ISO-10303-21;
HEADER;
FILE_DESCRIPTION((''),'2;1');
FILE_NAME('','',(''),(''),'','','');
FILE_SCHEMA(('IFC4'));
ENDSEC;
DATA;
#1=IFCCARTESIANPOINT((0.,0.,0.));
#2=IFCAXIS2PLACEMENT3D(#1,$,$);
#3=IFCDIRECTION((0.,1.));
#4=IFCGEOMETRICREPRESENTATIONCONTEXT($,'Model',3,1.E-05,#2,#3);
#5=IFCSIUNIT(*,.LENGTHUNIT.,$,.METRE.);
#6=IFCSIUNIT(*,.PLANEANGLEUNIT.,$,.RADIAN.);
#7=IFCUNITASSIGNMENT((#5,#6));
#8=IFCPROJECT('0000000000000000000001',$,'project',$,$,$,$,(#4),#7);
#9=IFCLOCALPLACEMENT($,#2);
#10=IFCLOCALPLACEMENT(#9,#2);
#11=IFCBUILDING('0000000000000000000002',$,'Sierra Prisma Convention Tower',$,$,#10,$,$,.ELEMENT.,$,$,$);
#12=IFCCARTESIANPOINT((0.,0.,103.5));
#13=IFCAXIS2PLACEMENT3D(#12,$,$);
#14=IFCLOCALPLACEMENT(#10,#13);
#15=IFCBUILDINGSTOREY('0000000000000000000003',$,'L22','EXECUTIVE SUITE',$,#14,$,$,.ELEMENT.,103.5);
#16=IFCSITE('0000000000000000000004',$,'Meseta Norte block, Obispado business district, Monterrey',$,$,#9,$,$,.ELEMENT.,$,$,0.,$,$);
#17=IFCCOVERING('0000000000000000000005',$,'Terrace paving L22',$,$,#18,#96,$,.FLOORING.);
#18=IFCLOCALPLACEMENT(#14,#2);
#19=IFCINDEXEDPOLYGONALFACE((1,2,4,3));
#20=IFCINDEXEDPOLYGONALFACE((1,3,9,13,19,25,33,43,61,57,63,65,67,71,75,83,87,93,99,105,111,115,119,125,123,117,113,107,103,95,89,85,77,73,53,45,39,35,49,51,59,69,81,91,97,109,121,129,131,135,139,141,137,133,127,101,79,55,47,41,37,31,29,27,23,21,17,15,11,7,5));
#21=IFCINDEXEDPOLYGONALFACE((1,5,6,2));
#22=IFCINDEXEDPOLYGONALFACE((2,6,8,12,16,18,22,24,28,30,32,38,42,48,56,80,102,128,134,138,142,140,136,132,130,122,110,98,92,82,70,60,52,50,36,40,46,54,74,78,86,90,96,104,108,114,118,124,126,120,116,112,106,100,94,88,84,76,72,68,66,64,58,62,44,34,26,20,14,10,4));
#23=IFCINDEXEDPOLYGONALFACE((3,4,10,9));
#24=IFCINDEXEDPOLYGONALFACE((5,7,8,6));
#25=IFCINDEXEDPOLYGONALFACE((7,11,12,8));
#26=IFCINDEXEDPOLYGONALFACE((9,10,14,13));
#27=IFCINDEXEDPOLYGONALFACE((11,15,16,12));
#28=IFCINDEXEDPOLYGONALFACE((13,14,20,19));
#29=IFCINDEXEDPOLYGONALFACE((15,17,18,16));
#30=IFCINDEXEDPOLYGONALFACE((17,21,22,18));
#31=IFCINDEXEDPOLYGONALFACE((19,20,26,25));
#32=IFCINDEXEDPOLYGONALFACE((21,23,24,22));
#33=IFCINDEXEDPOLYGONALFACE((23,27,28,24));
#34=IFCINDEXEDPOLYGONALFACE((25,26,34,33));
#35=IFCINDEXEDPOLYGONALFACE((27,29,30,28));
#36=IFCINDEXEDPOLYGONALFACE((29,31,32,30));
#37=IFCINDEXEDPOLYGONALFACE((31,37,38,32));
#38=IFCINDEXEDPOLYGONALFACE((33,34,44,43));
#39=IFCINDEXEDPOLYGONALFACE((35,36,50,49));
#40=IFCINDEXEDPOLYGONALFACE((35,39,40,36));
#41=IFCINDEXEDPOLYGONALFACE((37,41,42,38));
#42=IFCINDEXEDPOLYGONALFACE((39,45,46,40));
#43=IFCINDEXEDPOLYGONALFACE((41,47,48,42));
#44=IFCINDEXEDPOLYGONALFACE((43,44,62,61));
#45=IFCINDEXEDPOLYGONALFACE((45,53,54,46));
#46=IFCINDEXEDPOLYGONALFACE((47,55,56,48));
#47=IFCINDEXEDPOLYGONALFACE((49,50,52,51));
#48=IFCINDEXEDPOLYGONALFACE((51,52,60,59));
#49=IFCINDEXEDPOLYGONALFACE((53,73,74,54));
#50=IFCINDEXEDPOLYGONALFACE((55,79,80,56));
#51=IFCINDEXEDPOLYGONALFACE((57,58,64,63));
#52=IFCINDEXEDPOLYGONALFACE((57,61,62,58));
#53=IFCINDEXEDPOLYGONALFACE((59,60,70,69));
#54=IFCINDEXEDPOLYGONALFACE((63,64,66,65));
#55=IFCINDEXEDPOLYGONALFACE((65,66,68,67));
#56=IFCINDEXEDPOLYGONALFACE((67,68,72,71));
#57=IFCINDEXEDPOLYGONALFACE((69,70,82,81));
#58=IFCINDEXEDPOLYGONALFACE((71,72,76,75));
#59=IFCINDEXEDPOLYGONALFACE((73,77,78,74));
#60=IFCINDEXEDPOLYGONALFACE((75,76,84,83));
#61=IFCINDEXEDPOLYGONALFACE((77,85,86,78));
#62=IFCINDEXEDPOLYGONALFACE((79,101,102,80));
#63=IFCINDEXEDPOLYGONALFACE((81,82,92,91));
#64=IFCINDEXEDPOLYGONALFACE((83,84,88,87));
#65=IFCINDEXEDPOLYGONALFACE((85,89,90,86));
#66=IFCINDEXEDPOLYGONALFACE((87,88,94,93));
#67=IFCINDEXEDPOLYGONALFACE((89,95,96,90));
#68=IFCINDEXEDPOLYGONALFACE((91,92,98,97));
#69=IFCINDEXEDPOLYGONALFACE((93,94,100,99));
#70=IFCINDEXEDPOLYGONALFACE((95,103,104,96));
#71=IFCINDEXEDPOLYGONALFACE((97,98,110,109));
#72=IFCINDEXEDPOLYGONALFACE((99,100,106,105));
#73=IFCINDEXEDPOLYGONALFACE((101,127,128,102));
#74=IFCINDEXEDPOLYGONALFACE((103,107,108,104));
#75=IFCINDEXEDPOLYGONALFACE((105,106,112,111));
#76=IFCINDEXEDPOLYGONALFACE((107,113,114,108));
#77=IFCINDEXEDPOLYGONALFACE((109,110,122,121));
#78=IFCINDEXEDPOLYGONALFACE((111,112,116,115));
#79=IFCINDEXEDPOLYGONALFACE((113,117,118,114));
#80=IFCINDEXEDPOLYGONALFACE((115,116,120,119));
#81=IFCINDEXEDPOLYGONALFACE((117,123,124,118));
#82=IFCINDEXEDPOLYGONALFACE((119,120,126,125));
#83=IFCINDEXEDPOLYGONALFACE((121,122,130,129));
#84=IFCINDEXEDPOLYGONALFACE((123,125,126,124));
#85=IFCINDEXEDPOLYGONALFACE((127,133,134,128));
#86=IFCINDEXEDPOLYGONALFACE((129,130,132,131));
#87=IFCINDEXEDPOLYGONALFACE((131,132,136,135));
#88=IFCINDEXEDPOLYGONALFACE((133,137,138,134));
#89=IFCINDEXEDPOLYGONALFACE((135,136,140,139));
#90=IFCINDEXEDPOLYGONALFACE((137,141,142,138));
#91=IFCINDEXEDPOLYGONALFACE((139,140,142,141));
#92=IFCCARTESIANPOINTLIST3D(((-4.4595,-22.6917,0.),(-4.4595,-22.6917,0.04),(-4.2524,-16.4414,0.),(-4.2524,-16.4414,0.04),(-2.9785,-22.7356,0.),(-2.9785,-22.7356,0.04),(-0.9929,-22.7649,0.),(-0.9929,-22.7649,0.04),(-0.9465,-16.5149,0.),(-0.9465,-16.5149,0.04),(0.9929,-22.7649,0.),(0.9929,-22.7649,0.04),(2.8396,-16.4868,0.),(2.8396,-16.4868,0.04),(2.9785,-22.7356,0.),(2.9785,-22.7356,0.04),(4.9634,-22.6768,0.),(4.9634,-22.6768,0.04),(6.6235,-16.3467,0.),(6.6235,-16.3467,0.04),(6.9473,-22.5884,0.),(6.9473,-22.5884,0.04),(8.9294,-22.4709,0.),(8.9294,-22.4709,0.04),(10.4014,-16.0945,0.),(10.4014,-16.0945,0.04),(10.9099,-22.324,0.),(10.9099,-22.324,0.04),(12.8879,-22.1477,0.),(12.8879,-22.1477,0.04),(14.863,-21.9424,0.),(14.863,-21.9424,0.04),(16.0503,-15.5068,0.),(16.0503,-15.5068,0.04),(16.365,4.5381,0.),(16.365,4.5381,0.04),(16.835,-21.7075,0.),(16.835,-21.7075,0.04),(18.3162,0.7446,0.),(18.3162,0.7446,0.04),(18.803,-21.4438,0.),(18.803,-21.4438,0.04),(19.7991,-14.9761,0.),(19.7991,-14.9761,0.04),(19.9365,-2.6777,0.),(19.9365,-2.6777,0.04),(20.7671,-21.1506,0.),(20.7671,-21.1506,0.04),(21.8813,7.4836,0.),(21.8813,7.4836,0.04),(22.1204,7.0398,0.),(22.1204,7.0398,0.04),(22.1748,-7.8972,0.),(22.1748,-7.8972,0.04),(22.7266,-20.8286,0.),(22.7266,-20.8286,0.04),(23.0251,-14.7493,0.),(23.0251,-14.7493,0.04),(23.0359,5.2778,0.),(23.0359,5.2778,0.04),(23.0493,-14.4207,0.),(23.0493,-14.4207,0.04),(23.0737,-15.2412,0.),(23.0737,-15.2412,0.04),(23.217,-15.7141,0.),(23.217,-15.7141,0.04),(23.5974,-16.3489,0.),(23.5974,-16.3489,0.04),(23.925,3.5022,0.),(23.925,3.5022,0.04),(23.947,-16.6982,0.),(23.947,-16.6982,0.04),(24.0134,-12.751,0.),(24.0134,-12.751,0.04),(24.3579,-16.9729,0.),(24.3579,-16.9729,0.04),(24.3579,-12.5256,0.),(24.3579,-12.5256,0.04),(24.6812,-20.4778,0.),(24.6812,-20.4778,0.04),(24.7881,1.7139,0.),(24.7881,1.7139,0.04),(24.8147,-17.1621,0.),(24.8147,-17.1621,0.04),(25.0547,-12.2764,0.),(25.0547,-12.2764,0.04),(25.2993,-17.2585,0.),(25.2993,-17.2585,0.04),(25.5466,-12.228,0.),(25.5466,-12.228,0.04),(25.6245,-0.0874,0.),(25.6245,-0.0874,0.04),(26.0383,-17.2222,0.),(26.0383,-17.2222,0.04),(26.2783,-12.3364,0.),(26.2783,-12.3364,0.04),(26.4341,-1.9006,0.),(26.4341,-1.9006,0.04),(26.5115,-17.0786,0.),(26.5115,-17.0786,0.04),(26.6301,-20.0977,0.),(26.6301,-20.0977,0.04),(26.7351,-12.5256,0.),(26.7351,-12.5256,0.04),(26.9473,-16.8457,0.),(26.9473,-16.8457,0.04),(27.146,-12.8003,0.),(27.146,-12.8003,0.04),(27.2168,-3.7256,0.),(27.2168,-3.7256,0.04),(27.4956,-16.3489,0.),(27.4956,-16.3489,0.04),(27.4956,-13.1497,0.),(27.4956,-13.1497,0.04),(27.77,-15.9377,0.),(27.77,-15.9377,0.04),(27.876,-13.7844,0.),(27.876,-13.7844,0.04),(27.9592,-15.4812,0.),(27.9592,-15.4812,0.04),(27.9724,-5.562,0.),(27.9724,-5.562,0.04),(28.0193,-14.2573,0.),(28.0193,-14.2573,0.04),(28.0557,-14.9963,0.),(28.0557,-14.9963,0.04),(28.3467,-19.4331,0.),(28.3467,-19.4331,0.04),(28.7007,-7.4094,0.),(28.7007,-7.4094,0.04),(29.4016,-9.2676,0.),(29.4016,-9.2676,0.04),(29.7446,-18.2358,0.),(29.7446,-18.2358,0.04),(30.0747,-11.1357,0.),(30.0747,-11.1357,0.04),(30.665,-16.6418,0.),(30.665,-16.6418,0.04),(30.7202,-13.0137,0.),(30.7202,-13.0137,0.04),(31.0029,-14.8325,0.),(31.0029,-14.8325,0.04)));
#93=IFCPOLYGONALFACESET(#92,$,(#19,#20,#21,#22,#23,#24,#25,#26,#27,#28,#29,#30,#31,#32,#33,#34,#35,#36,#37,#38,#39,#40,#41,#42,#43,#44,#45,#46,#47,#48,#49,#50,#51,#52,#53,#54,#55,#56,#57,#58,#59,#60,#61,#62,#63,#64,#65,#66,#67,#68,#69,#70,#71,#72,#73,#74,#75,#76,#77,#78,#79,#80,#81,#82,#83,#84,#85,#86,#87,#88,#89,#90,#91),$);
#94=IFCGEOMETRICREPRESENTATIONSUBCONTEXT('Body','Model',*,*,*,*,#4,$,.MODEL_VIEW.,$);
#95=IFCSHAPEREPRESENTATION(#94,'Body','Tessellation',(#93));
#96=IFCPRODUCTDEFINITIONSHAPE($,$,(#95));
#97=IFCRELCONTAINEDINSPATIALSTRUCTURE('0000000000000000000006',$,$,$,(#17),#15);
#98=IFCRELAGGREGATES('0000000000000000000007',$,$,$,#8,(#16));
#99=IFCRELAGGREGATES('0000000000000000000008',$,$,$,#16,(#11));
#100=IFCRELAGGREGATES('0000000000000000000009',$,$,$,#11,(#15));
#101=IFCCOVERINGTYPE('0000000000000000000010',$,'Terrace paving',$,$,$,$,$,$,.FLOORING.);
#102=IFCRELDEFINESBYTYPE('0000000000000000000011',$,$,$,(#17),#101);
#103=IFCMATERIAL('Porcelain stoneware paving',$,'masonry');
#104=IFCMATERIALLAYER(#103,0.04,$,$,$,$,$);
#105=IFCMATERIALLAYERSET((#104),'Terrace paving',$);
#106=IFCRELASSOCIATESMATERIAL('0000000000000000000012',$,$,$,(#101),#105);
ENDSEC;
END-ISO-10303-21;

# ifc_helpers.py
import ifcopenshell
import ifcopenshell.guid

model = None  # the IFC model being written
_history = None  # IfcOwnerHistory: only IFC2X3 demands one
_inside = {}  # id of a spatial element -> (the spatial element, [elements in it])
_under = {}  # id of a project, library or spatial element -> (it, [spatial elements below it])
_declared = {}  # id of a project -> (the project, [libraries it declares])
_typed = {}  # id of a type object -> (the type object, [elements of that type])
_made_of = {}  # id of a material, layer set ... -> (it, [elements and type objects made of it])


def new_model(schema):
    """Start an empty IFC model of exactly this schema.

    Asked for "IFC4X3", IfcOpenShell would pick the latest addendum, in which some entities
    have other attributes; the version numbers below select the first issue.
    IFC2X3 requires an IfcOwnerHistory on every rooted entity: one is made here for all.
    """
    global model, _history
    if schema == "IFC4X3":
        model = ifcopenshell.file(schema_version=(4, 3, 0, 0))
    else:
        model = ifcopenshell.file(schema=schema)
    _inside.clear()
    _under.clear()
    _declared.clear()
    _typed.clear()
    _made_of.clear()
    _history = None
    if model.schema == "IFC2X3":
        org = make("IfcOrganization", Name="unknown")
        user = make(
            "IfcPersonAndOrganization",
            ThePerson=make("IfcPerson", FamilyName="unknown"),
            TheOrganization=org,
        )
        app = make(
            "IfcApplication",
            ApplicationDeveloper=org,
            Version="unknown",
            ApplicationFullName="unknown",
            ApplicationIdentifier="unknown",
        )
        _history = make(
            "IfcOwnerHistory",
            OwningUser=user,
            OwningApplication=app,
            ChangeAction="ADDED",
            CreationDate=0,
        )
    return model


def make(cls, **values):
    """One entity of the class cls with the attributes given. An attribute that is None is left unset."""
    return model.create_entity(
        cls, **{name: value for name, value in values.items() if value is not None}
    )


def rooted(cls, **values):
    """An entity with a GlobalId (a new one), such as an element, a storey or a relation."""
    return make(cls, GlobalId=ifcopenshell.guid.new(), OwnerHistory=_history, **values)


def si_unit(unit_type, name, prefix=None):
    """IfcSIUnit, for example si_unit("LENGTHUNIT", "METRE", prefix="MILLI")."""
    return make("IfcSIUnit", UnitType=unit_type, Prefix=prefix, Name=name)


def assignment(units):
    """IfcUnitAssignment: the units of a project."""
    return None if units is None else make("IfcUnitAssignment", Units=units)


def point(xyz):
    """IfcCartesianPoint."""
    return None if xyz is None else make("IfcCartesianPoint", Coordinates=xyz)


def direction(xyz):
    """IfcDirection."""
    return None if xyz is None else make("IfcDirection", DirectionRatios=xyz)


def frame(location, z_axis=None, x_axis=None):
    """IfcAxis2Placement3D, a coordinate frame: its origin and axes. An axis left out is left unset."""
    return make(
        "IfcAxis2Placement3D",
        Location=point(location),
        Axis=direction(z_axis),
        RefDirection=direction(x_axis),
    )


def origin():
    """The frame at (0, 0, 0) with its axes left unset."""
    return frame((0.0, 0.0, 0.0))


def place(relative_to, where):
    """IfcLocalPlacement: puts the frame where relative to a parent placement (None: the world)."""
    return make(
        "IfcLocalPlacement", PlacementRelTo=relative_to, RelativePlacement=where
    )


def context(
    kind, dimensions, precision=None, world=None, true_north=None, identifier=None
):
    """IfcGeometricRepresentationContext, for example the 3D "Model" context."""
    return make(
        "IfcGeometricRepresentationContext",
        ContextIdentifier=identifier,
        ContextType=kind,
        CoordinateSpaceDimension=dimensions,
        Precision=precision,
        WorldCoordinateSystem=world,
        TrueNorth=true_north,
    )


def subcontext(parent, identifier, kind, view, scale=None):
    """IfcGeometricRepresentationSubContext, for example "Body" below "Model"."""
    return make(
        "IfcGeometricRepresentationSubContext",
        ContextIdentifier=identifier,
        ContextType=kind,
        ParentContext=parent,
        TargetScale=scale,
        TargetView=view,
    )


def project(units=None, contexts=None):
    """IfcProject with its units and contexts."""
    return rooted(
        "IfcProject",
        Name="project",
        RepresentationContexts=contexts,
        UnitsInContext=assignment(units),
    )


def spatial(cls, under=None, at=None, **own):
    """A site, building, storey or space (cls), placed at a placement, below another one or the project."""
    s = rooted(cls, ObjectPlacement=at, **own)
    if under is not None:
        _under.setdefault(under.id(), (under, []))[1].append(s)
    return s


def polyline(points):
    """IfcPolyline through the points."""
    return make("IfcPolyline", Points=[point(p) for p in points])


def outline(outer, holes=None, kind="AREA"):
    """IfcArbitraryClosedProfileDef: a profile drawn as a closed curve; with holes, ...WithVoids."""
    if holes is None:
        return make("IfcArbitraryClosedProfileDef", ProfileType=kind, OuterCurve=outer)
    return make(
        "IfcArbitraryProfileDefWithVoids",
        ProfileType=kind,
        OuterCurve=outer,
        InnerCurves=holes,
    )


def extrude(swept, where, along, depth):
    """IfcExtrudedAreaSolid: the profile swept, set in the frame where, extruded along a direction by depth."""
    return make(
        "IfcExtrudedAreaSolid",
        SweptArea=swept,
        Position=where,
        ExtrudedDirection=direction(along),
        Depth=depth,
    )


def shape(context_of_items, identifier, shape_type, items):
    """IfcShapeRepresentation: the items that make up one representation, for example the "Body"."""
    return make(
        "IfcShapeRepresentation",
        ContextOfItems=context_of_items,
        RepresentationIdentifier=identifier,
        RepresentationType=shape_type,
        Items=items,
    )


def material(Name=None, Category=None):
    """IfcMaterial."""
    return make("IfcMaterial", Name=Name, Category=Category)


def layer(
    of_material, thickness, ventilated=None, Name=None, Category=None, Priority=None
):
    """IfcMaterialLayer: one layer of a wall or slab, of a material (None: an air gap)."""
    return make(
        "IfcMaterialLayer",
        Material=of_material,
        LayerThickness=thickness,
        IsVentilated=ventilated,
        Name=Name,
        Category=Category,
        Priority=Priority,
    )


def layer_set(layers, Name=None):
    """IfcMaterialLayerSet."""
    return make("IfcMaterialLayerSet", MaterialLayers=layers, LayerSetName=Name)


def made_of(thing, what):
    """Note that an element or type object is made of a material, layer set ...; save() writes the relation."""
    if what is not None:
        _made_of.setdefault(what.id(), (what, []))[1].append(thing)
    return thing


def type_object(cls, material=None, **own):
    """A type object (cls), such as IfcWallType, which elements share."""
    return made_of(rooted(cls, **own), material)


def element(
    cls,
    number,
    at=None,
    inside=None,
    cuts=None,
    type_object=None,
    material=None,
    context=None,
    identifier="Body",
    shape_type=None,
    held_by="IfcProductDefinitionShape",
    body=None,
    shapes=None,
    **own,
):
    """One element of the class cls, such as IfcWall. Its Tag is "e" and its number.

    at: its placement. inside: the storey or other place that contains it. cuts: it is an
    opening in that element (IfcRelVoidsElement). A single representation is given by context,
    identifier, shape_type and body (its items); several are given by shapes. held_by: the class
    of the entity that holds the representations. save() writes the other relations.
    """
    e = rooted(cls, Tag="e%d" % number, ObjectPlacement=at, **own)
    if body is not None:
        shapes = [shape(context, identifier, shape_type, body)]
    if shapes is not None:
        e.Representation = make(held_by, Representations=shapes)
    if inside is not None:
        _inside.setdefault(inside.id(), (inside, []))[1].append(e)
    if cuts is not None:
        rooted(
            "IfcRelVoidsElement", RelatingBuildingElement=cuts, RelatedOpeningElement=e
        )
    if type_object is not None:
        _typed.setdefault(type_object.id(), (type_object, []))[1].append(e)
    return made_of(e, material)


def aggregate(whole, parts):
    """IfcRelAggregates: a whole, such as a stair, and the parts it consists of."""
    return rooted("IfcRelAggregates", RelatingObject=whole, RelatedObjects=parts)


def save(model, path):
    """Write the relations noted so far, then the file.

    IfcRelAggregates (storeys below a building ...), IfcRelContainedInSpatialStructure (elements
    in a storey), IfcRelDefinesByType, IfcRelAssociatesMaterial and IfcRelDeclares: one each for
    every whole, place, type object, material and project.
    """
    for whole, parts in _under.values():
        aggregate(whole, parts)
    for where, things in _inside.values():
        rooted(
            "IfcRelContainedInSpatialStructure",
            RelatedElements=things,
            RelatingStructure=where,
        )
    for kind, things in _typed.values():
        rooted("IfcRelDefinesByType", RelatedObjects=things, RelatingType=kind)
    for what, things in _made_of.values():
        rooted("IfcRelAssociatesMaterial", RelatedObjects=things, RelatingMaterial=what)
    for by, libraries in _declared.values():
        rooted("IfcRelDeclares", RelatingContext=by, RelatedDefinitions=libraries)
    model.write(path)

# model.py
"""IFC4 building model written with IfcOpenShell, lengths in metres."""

from ifc_helpers import new_model, si_unit, direction, frame, origin, place, context, subcontext, project, spatial, polyline, outline, extrude, material, layer, layer_set, type_object, element, save


model = new_model("IFC4")

# Units and contexts
model_context = context("Model", 3, precision=1e-05, world=origin(), true_north=direction((0.0, 1.0)))
body_context = subcontext(model_context, "Body", "Model", "MODEL_VIEW")
ifc_project = project(units=[si_unit("LENGTHUNIT", "METRE"), si_unit("PLANEANGLEUNIT", "RADIAN")], contexts=[model_context])

# Site, building, storey
site_placement = place(None, origin())
site = spatial("IfcSite", under=ifc_project, at=site_placement, Name="Meseta Norte block, Obispado business district, Monterrey", CompositionType="ELEMENT", RefElevation=0.0)
building_placement = place(site_placement, origin())
building = spatial("IfcBuilding", under=site, at=building_placement, Name="Sierra Prisma Convention Tower", CompositionType="ELEMENT")
storey_placement = place(building_placement, frame((0.0, 0.0, 103.5)))
storey = spatial("IfcBuildingStorey", under=building, at=storey_placement, Name="L22", Description="EXECUTIVE SUITE", CompositionType="ELEMENT", Elevation=103.5)

# Covering
ifc_material_1 = material(Name="Porcelain stoneware paving", Category="masonry")
ifc_layer_1 = layer(ifc_material_1, 0.04)
ifc_layer_set_1 = layer_set([ifc_layer_1], Name="Terrace paving")
covering_type_1 = type_object("IfcCoveringType", Name="Terrace paving", PredefinedType="FLOORING", material=ifc_layer_set_1)
covering_1_placement = place(storey_placement, origin())
element("IfcCovering", 1, at=covering_1_placement, inside=storey, type_object=covering_type_1, Name="Terrace paving L22", PredefinedType="FLOORING", context=body_context, shape_type="SweptSolid", body=[
    extrude(outline(polyline([(-4.4595, -22.6917), (-2.9785, -22.7356), (-0.9929, -22.7649), (0.9929, -22.7649), (2.9785, -22.7356), (4.9634, -22.6768), (6.9473, -22.5884), (8.9294, -22.4709), (10.9099, -22.324), (12.8879, -22.1477), (14.863, -21.9424), (16.835, -21.7075), (18.803, -21.4438), (20.7671, -21.1506), (22.7266, -20.8286), (24.6812, -20.4778), (26.6301, -20.0977), (28.3467, -19.4331), (29.7446, -18.2358), (30.665, -16.6418), (31.0029, -14.8325), (30.7202, -13.0137), (30.0747, -11.1357), (29.4016, -9.2676), (28.7007, -7.4094), (27.9724, -5.562), (27.2168, -3.7256), (26.4341, -1.9006), (25.6245, -0.0874), (24.7881, 1.7139), (23.925, 3.5022), (23.0359, 5.2778), (22.1204, 7.0398), (21.8813, 7.4836), (16.365, 4.5381), (18.3162, 0.7446), (19.9365, -2.6777), (22.1748, -7.8972), (24.0134, -12.751), (24.3579, -12.5256), (25.0547, -12.2764), (25.5466, -12.228), (26.2783, -12.3364), (26.7351, -12.5256), (27.146, -12.8003), (27.4956, -13.1497), (27.876, -13.7844), (28.0193, -14.2573), (28.0557, -14.9963), (27.9592, -15.4812), (27.77, -15.9377), (27.4956, -16.3489), (26.9473, -16.8457), (26.5115, -17.0786), (26.0383, -17.2222), (25.2993, -17.2585), (24.8147, -17.1621), (24.3579, -16.9729), (23.947, -16.6982), (23.5974, -16.3489), (23.217, -15.7141), (23.0737, -15.2412), (23.0251, -14.7493), (23.0493, -14.4207), (19.7991, -14.9761), (16.0503, -15.5068), (10.4014, -16.0945), (6.6235, -16.3467), (2.8396, -16.4868), (-0.9465, -16.5149), (-4.2524, -16.4414), (-4.4595, -22.6917)])), origin(), (0.0, 0.0, 1.0), 0.04),
])

save(model, "model.ifc")
